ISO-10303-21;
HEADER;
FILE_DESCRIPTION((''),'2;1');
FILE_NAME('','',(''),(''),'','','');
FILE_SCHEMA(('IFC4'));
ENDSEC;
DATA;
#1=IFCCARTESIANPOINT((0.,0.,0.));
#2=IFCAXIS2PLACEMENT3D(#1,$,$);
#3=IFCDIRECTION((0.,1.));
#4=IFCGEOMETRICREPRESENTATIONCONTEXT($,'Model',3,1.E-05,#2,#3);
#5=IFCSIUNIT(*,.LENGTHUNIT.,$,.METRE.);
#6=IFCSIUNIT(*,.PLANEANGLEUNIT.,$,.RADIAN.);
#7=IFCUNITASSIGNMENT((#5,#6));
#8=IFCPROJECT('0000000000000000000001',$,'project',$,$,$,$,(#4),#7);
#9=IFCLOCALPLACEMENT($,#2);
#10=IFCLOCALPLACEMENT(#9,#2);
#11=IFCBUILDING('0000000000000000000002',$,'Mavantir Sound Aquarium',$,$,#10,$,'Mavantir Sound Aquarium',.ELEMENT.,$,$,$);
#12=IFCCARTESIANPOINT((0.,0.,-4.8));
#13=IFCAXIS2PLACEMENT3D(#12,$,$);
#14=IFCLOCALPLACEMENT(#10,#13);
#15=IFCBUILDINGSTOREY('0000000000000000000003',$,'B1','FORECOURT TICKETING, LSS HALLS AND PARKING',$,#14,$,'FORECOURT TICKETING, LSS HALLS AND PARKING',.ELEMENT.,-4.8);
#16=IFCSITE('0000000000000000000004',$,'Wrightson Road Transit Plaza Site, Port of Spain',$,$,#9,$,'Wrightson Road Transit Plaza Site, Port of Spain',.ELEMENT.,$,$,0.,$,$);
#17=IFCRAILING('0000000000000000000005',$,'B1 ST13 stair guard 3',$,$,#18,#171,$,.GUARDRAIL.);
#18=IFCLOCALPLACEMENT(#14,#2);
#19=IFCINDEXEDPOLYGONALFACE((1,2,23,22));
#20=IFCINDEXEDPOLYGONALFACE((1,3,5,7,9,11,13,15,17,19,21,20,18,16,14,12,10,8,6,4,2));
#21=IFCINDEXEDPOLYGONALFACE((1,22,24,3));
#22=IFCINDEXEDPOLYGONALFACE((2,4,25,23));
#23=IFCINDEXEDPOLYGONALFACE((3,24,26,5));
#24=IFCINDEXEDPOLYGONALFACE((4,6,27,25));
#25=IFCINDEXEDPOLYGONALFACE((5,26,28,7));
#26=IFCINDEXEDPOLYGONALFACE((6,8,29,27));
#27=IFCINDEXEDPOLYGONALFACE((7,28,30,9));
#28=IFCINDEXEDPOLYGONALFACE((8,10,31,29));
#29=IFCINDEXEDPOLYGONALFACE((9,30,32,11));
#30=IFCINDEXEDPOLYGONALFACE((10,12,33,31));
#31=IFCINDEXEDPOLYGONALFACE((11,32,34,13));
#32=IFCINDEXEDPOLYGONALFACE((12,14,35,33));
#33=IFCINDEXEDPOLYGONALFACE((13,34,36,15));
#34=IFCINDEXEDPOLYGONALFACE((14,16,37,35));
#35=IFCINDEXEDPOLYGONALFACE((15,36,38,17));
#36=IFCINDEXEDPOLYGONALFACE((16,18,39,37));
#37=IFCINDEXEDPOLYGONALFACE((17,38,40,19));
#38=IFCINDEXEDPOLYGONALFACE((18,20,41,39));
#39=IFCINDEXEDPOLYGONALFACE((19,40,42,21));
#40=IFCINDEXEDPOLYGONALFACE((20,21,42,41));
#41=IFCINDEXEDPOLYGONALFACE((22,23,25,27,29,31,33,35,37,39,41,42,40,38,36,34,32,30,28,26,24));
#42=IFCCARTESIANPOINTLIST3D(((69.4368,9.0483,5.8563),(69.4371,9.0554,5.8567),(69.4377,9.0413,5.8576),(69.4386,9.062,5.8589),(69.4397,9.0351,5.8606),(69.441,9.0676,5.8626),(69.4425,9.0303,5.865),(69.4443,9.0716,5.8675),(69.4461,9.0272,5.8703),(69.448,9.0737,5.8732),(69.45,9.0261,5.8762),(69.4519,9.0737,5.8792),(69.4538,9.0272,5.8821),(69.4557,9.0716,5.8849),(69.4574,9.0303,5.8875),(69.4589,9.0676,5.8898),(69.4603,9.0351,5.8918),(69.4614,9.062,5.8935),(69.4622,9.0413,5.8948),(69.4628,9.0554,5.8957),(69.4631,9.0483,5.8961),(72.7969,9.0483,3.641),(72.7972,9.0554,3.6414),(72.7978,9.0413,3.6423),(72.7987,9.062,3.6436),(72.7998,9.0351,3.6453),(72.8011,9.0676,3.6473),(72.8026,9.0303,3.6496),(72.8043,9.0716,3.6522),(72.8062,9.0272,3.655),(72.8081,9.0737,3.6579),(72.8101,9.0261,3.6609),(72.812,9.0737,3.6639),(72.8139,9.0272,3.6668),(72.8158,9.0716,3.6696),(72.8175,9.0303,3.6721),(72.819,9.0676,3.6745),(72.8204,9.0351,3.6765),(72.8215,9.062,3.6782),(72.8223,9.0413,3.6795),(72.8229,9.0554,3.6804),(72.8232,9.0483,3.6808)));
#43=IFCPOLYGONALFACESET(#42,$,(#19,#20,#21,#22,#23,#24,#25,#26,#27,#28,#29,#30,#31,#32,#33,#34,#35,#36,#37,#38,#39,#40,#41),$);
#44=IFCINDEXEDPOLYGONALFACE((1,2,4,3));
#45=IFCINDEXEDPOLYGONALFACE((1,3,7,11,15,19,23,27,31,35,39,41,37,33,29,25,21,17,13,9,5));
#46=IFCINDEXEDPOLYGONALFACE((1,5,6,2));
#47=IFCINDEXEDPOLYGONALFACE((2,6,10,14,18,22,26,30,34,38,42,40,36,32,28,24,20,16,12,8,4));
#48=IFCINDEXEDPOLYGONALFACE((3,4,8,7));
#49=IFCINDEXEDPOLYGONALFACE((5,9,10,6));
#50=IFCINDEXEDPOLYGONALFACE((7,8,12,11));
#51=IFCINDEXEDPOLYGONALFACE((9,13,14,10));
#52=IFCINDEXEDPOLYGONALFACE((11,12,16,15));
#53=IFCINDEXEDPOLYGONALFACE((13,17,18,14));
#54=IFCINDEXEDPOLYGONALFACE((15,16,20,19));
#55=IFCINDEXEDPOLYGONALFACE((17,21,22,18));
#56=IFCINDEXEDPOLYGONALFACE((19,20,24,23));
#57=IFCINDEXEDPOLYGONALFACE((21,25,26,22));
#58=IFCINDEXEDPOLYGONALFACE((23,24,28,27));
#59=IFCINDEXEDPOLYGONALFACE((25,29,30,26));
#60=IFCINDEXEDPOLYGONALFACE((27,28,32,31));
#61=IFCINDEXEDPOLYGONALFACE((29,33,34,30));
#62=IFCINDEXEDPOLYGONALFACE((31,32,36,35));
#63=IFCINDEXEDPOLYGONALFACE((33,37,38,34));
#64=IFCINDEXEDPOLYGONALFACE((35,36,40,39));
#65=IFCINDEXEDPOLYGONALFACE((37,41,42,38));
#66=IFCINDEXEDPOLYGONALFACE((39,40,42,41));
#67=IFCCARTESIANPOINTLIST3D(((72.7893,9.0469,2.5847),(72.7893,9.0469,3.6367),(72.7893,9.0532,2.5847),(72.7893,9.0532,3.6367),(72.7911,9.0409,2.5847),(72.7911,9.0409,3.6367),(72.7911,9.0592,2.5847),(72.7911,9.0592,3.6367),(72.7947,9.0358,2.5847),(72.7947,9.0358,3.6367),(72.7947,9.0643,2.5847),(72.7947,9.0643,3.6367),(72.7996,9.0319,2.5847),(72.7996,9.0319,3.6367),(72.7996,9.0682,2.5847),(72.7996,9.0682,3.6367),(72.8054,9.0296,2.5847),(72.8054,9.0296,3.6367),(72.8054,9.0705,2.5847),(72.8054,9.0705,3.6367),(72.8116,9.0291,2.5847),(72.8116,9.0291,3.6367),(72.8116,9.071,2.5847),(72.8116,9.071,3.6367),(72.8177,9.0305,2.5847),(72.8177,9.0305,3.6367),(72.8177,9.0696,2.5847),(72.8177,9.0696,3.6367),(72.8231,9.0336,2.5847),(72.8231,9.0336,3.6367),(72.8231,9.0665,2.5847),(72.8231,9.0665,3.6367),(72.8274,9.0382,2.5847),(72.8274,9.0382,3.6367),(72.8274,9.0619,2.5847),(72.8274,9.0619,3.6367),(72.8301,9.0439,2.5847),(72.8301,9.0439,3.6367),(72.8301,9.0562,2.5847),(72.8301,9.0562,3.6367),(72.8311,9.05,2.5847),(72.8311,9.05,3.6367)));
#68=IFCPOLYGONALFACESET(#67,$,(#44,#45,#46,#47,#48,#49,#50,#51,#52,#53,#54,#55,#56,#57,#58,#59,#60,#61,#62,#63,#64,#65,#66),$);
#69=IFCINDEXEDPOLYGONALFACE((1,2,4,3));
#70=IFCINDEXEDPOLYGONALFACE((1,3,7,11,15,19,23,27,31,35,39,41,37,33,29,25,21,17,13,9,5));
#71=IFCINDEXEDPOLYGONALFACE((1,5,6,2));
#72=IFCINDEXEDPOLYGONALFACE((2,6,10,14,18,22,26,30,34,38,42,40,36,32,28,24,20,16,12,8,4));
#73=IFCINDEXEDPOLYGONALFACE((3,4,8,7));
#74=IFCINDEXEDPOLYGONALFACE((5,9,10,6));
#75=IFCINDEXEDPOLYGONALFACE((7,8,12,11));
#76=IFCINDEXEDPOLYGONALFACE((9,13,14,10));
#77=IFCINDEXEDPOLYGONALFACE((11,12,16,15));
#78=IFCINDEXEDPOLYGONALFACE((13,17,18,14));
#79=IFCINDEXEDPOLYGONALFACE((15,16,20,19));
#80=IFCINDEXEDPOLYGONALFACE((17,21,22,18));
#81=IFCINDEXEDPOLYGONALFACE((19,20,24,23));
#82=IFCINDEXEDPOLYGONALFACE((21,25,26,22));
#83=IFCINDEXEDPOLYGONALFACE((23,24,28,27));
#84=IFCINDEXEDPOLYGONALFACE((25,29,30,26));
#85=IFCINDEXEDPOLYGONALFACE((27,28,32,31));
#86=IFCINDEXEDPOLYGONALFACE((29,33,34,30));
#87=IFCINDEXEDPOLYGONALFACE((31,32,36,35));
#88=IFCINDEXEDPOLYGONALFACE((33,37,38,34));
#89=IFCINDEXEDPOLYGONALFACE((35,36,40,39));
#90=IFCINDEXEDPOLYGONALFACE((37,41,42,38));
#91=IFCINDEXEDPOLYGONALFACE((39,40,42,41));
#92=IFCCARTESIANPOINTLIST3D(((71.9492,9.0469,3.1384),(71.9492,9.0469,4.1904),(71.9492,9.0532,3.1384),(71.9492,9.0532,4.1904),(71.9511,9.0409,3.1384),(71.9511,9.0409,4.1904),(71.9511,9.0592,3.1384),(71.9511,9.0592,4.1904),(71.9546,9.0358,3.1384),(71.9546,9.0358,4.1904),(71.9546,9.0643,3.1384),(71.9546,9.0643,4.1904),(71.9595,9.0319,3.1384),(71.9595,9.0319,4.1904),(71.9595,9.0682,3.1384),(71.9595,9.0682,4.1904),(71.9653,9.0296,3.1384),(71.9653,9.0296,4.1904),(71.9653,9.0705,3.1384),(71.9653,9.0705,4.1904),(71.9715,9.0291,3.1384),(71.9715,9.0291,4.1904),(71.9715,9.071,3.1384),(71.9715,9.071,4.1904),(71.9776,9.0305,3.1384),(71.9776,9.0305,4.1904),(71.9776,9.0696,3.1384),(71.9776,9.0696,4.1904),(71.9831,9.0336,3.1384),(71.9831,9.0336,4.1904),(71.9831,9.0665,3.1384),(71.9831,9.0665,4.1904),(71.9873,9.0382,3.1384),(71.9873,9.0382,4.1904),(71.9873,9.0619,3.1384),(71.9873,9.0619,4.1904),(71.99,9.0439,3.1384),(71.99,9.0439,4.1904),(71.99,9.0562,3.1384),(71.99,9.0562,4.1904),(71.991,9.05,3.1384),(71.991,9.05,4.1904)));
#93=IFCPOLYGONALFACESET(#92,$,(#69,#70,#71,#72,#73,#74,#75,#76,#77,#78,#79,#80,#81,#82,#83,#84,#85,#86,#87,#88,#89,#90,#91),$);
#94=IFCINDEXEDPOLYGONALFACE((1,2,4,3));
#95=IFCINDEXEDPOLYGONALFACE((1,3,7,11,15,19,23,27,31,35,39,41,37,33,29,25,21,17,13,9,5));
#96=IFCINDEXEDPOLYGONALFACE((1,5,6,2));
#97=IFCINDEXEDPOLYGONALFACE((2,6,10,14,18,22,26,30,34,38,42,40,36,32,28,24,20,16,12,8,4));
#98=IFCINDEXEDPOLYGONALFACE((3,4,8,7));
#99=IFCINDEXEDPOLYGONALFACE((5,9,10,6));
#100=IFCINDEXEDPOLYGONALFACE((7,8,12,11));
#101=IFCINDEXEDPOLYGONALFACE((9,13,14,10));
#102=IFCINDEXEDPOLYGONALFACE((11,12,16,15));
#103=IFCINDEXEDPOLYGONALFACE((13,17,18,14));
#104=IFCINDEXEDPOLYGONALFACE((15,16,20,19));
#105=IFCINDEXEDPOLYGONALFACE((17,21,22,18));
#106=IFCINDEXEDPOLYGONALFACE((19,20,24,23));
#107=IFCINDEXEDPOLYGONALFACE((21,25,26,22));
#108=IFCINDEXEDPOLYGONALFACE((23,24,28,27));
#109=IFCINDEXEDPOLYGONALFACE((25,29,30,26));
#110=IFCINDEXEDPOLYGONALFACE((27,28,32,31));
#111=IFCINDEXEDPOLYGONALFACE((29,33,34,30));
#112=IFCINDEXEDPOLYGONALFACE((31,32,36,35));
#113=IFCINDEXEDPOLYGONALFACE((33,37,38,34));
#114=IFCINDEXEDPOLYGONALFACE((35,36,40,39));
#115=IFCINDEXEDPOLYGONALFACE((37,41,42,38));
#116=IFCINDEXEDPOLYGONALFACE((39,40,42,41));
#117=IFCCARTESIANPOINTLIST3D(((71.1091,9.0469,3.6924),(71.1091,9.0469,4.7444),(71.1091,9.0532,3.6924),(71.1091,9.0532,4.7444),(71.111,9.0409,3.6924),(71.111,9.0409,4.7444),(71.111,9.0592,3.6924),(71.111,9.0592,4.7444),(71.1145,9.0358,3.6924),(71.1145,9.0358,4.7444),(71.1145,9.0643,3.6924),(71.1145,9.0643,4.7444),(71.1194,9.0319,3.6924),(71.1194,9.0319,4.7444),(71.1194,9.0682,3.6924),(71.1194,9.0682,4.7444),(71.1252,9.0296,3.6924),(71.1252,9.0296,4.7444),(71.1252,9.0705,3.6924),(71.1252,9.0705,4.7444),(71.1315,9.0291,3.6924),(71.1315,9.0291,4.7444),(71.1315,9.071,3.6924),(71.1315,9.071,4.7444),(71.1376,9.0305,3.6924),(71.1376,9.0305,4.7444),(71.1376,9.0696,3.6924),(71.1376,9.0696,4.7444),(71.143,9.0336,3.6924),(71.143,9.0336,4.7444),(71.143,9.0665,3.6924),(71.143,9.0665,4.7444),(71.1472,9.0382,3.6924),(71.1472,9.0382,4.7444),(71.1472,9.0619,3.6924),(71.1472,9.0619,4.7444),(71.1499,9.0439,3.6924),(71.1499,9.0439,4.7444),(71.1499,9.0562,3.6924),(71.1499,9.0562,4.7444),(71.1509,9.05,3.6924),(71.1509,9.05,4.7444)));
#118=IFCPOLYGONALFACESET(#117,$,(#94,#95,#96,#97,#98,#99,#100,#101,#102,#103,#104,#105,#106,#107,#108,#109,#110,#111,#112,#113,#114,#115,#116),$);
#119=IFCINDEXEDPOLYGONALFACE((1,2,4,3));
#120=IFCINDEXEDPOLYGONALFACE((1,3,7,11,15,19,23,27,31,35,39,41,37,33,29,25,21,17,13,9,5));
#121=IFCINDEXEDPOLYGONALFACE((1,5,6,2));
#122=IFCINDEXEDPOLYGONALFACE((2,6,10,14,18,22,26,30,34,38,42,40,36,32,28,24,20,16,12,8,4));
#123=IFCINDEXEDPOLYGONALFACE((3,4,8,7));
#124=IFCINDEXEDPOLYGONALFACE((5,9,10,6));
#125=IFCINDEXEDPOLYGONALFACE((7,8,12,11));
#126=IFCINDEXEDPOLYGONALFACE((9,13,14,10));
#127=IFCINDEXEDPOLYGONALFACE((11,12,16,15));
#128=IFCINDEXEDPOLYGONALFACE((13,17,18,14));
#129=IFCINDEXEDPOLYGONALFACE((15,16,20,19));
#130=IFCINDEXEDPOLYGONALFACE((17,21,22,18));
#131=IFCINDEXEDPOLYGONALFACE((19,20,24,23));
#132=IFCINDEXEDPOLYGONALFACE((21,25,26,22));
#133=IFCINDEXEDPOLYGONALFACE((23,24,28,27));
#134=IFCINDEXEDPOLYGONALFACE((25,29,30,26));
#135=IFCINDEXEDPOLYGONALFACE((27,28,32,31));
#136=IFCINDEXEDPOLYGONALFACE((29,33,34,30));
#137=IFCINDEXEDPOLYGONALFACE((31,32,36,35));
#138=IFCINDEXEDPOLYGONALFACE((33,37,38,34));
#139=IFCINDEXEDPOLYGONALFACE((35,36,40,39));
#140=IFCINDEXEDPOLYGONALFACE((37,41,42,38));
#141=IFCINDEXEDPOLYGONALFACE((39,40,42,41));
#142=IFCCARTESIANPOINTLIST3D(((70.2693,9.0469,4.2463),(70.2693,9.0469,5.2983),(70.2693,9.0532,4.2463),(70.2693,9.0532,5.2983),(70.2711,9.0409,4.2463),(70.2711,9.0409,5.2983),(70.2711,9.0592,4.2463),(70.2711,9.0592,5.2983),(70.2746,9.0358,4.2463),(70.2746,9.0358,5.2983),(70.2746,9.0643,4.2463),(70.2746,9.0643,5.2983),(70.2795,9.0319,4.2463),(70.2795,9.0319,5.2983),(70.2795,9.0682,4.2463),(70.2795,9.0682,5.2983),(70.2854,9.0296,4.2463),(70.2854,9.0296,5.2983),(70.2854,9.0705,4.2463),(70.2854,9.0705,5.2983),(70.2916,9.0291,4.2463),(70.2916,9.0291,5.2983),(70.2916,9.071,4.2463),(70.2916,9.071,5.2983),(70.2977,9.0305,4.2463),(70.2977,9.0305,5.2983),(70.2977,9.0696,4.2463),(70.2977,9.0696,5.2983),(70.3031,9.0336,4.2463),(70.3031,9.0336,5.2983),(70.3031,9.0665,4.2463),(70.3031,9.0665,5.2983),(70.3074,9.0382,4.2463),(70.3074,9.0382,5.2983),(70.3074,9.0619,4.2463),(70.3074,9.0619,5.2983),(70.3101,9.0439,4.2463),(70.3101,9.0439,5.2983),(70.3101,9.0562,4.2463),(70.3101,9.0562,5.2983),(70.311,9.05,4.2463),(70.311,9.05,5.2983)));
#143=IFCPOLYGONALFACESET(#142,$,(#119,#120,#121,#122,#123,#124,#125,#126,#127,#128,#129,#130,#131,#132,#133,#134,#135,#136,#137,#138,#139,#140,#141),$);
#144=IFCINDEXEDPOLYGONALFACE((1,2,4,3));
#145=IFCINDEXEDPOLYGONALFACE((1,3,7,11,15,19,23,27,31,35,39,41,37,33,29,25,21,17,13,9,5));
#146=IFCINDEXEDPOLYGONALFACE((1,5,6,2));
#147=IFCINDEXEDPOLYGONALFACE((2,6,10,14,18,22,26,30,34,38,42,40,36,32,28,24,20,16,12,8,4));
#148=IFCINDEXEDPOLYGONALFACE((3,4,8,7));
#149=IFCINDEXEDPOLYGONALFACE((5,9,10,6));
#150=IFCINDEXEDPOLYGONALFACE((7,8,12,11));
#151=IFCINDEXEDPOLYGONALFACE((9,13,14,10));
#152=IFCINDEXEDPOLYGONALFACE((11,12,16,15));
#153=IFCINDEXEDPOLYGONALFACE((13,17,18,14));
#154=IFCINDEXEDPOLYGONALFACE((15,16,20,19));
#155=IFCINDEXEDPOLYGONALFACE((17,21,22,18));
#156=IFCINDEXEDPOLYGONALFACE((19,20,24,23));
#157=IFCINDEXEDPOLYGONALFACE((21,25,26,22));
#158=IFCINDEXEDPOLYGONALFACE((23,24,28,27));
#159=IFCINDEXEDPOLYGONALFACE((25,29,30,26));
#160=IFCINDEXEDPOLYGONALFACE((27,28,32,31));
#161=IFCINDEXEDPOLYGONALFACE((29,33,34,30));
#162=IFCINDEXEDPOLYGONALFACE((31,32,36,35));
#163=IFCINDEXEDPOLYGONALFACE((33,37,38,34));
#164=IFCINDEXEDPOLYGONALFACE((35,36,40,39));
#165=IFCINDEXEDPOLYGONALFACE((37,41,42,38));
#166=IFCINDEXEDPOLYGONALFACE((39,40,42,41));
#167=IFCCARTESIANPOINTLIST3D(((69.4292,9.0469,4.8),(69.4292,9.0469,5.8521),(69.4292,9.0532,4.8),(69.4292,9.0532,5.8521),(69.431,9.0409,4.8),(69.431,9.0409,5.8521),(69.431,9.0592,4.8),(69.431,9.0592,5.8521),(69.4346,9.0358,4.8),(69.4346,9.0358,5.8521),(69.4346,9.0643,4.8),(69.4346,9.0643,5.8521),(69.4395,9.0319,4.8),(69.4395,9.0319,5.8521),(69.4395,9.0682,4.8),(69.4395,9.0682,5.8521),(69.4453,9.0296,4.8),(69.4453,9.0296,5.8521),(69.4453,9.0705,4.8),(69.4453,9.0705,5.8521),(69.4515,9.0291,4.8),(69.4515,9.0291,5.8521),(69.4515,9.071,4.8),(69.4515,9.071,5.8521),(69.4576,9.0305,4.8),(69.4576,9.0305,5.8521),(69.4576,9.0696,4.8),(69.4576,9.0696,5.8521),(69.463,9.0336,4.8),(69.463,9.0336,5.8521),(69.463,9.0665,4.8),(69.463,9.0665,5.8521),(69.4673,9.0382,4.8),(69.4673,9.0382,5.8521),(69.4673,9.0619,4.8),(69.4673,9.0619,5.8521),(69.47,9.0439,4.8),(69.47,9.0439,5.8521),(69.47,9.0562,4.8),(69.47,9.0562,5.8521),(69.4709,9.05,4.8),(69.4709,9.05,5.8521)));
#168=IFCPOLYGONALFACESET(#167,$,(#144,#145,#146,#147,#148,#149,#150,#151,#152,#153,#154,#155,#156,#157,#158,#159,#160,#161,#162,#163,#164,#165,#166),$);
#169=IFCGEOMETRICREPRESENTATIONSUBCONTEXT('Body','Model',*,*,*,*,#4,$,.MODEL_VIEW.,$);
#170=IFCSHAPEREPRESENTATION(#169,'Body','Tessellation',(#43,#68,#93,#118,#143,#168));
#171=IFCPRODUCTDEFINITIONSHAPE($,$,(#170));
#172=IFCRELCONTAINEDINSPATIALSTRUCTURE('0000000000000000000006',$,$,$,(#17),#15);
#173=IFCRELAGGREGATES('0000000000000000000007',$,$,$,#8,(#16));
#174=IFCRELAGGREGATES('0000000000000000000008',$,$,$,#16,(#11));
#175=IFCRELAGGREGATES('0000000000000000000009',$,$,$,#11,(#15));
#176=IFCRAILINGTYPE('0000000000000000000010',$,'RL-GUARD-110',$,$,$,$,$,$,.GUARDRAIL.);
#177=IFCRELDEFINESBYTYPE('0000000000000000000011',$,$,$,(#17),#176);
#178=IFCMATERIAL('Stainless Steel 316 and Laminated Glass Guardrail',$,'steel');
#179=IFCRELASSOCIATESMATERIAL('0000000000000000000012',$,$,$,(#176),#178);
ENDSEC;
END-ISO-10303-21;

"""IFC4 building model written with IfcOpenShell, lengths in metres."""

from ifc_helpers import new_model, si_unit, direction, frame, origin, origin_2d, place, context, subcontext, project, spatial, circle, extrude, material, type_object, element, save


model = new_model("IFC4")

# Units and contexts
model_context = context("Model", 3, precision=1e-05, world=origin(), true_north=direction((0.0, 1.0)))
body_context = subcontext(model_context, "Body", "Model", "MODEL_VIEW")
ifc_project = project(units=[si_unit("LENGTHUNIT", "METRE"), si_unit("PLANEANGLEUNIT", "RADIAN")], contexts=[model_context])

# Site, building, storey
site_placement = place(None, origin())
site = spatial("IfcSite", under=ifc_project, at=site_placement, Name="Wrightson Road Transit Plaza Site, Port of Spain", LongName="Wrightson Road Transit Plaza Site, Port of Spain", CompositionType="ELEMENT", RefElevation=0.0)
building_placement = place(site_placement, origin())
building = spatial("IfcBuilding", under=site, at=building_placement, Name="Mavantir Sound Aquarium", LongName="Mavantir Sound Aquarium", CompositionType="ELEMENT")
storey_placement = place(building_placement, frame((0.0, 0.0, -4.8)))
storey = spatial("IfcBuildingStorey", under=building, at=storey_placement, Name="B1", Description="FORECOURT TICKETING, LSS HALLS AND PARKING", LongName="FORECOURT TICKETING, LSS HALLS AND PARKING", CompositionType="ELEMENT", Elevation=-4.8)

# Railing
ifc_material_1 = material(Name="Stainless Steel 316 and Laminated Glass Guardrail", Category="steel")
railing_type_1 = type_object("IfcRailingType", Name="RL-GUARD-110", PredefinedType="GUARDRAIL", material=ifc_material_1)
railing_1_placement = place(storey_placement, frame((72.8101, 9.05, 2.5847)))
element("IfcRailing", 1, at=railing_1_placement, inside=storey, type_object=railing_type_1, Name="B1 ST13 stair guard 3", PredefinedType="GUARDRAIL", context=body_context, shape_type="SweptSolid", body=[
    extrude(circle(Radius=0.0239, at=origin_2d()), frame((0.0, 0.0, 1.0762), z_axis=(-0.834876, 0.0, 0.550437), x_axis=(0.0, -1.0, 0.0)), (0.0, 0.0, 1.0), 4.0247),
    extrude(circle(Radius=0.021, at=origin_2d()), origin(), (0.0, 0.0, 1.0), 1.052),
    extrude(circle(Radius=0.021, at=origin_2d()), frame((-0.8401, 0.0, 0.5537)), (0.0, 0.0, 1.0), 1.052),
    extrude(circle(Radius=0.021, at=origin_2d()), frame((-1.6802, 0.0, 1.1077)), (0.0, 0.0, 1.0), 1.052),
    extrude(circle(Radius=0.021, at=origin_2d()), frame((-2.52, 0.0, 1.6616)), (0.0, 0.0, 1.0), 1.052),
    extrude(circle(Radius=0.021, at=origin_2d()), frame((-3.3601, 0.0, 2.2153)), (0.0, 0.0, 1.0), 1.052),
])

save(model, "model.ifc")
